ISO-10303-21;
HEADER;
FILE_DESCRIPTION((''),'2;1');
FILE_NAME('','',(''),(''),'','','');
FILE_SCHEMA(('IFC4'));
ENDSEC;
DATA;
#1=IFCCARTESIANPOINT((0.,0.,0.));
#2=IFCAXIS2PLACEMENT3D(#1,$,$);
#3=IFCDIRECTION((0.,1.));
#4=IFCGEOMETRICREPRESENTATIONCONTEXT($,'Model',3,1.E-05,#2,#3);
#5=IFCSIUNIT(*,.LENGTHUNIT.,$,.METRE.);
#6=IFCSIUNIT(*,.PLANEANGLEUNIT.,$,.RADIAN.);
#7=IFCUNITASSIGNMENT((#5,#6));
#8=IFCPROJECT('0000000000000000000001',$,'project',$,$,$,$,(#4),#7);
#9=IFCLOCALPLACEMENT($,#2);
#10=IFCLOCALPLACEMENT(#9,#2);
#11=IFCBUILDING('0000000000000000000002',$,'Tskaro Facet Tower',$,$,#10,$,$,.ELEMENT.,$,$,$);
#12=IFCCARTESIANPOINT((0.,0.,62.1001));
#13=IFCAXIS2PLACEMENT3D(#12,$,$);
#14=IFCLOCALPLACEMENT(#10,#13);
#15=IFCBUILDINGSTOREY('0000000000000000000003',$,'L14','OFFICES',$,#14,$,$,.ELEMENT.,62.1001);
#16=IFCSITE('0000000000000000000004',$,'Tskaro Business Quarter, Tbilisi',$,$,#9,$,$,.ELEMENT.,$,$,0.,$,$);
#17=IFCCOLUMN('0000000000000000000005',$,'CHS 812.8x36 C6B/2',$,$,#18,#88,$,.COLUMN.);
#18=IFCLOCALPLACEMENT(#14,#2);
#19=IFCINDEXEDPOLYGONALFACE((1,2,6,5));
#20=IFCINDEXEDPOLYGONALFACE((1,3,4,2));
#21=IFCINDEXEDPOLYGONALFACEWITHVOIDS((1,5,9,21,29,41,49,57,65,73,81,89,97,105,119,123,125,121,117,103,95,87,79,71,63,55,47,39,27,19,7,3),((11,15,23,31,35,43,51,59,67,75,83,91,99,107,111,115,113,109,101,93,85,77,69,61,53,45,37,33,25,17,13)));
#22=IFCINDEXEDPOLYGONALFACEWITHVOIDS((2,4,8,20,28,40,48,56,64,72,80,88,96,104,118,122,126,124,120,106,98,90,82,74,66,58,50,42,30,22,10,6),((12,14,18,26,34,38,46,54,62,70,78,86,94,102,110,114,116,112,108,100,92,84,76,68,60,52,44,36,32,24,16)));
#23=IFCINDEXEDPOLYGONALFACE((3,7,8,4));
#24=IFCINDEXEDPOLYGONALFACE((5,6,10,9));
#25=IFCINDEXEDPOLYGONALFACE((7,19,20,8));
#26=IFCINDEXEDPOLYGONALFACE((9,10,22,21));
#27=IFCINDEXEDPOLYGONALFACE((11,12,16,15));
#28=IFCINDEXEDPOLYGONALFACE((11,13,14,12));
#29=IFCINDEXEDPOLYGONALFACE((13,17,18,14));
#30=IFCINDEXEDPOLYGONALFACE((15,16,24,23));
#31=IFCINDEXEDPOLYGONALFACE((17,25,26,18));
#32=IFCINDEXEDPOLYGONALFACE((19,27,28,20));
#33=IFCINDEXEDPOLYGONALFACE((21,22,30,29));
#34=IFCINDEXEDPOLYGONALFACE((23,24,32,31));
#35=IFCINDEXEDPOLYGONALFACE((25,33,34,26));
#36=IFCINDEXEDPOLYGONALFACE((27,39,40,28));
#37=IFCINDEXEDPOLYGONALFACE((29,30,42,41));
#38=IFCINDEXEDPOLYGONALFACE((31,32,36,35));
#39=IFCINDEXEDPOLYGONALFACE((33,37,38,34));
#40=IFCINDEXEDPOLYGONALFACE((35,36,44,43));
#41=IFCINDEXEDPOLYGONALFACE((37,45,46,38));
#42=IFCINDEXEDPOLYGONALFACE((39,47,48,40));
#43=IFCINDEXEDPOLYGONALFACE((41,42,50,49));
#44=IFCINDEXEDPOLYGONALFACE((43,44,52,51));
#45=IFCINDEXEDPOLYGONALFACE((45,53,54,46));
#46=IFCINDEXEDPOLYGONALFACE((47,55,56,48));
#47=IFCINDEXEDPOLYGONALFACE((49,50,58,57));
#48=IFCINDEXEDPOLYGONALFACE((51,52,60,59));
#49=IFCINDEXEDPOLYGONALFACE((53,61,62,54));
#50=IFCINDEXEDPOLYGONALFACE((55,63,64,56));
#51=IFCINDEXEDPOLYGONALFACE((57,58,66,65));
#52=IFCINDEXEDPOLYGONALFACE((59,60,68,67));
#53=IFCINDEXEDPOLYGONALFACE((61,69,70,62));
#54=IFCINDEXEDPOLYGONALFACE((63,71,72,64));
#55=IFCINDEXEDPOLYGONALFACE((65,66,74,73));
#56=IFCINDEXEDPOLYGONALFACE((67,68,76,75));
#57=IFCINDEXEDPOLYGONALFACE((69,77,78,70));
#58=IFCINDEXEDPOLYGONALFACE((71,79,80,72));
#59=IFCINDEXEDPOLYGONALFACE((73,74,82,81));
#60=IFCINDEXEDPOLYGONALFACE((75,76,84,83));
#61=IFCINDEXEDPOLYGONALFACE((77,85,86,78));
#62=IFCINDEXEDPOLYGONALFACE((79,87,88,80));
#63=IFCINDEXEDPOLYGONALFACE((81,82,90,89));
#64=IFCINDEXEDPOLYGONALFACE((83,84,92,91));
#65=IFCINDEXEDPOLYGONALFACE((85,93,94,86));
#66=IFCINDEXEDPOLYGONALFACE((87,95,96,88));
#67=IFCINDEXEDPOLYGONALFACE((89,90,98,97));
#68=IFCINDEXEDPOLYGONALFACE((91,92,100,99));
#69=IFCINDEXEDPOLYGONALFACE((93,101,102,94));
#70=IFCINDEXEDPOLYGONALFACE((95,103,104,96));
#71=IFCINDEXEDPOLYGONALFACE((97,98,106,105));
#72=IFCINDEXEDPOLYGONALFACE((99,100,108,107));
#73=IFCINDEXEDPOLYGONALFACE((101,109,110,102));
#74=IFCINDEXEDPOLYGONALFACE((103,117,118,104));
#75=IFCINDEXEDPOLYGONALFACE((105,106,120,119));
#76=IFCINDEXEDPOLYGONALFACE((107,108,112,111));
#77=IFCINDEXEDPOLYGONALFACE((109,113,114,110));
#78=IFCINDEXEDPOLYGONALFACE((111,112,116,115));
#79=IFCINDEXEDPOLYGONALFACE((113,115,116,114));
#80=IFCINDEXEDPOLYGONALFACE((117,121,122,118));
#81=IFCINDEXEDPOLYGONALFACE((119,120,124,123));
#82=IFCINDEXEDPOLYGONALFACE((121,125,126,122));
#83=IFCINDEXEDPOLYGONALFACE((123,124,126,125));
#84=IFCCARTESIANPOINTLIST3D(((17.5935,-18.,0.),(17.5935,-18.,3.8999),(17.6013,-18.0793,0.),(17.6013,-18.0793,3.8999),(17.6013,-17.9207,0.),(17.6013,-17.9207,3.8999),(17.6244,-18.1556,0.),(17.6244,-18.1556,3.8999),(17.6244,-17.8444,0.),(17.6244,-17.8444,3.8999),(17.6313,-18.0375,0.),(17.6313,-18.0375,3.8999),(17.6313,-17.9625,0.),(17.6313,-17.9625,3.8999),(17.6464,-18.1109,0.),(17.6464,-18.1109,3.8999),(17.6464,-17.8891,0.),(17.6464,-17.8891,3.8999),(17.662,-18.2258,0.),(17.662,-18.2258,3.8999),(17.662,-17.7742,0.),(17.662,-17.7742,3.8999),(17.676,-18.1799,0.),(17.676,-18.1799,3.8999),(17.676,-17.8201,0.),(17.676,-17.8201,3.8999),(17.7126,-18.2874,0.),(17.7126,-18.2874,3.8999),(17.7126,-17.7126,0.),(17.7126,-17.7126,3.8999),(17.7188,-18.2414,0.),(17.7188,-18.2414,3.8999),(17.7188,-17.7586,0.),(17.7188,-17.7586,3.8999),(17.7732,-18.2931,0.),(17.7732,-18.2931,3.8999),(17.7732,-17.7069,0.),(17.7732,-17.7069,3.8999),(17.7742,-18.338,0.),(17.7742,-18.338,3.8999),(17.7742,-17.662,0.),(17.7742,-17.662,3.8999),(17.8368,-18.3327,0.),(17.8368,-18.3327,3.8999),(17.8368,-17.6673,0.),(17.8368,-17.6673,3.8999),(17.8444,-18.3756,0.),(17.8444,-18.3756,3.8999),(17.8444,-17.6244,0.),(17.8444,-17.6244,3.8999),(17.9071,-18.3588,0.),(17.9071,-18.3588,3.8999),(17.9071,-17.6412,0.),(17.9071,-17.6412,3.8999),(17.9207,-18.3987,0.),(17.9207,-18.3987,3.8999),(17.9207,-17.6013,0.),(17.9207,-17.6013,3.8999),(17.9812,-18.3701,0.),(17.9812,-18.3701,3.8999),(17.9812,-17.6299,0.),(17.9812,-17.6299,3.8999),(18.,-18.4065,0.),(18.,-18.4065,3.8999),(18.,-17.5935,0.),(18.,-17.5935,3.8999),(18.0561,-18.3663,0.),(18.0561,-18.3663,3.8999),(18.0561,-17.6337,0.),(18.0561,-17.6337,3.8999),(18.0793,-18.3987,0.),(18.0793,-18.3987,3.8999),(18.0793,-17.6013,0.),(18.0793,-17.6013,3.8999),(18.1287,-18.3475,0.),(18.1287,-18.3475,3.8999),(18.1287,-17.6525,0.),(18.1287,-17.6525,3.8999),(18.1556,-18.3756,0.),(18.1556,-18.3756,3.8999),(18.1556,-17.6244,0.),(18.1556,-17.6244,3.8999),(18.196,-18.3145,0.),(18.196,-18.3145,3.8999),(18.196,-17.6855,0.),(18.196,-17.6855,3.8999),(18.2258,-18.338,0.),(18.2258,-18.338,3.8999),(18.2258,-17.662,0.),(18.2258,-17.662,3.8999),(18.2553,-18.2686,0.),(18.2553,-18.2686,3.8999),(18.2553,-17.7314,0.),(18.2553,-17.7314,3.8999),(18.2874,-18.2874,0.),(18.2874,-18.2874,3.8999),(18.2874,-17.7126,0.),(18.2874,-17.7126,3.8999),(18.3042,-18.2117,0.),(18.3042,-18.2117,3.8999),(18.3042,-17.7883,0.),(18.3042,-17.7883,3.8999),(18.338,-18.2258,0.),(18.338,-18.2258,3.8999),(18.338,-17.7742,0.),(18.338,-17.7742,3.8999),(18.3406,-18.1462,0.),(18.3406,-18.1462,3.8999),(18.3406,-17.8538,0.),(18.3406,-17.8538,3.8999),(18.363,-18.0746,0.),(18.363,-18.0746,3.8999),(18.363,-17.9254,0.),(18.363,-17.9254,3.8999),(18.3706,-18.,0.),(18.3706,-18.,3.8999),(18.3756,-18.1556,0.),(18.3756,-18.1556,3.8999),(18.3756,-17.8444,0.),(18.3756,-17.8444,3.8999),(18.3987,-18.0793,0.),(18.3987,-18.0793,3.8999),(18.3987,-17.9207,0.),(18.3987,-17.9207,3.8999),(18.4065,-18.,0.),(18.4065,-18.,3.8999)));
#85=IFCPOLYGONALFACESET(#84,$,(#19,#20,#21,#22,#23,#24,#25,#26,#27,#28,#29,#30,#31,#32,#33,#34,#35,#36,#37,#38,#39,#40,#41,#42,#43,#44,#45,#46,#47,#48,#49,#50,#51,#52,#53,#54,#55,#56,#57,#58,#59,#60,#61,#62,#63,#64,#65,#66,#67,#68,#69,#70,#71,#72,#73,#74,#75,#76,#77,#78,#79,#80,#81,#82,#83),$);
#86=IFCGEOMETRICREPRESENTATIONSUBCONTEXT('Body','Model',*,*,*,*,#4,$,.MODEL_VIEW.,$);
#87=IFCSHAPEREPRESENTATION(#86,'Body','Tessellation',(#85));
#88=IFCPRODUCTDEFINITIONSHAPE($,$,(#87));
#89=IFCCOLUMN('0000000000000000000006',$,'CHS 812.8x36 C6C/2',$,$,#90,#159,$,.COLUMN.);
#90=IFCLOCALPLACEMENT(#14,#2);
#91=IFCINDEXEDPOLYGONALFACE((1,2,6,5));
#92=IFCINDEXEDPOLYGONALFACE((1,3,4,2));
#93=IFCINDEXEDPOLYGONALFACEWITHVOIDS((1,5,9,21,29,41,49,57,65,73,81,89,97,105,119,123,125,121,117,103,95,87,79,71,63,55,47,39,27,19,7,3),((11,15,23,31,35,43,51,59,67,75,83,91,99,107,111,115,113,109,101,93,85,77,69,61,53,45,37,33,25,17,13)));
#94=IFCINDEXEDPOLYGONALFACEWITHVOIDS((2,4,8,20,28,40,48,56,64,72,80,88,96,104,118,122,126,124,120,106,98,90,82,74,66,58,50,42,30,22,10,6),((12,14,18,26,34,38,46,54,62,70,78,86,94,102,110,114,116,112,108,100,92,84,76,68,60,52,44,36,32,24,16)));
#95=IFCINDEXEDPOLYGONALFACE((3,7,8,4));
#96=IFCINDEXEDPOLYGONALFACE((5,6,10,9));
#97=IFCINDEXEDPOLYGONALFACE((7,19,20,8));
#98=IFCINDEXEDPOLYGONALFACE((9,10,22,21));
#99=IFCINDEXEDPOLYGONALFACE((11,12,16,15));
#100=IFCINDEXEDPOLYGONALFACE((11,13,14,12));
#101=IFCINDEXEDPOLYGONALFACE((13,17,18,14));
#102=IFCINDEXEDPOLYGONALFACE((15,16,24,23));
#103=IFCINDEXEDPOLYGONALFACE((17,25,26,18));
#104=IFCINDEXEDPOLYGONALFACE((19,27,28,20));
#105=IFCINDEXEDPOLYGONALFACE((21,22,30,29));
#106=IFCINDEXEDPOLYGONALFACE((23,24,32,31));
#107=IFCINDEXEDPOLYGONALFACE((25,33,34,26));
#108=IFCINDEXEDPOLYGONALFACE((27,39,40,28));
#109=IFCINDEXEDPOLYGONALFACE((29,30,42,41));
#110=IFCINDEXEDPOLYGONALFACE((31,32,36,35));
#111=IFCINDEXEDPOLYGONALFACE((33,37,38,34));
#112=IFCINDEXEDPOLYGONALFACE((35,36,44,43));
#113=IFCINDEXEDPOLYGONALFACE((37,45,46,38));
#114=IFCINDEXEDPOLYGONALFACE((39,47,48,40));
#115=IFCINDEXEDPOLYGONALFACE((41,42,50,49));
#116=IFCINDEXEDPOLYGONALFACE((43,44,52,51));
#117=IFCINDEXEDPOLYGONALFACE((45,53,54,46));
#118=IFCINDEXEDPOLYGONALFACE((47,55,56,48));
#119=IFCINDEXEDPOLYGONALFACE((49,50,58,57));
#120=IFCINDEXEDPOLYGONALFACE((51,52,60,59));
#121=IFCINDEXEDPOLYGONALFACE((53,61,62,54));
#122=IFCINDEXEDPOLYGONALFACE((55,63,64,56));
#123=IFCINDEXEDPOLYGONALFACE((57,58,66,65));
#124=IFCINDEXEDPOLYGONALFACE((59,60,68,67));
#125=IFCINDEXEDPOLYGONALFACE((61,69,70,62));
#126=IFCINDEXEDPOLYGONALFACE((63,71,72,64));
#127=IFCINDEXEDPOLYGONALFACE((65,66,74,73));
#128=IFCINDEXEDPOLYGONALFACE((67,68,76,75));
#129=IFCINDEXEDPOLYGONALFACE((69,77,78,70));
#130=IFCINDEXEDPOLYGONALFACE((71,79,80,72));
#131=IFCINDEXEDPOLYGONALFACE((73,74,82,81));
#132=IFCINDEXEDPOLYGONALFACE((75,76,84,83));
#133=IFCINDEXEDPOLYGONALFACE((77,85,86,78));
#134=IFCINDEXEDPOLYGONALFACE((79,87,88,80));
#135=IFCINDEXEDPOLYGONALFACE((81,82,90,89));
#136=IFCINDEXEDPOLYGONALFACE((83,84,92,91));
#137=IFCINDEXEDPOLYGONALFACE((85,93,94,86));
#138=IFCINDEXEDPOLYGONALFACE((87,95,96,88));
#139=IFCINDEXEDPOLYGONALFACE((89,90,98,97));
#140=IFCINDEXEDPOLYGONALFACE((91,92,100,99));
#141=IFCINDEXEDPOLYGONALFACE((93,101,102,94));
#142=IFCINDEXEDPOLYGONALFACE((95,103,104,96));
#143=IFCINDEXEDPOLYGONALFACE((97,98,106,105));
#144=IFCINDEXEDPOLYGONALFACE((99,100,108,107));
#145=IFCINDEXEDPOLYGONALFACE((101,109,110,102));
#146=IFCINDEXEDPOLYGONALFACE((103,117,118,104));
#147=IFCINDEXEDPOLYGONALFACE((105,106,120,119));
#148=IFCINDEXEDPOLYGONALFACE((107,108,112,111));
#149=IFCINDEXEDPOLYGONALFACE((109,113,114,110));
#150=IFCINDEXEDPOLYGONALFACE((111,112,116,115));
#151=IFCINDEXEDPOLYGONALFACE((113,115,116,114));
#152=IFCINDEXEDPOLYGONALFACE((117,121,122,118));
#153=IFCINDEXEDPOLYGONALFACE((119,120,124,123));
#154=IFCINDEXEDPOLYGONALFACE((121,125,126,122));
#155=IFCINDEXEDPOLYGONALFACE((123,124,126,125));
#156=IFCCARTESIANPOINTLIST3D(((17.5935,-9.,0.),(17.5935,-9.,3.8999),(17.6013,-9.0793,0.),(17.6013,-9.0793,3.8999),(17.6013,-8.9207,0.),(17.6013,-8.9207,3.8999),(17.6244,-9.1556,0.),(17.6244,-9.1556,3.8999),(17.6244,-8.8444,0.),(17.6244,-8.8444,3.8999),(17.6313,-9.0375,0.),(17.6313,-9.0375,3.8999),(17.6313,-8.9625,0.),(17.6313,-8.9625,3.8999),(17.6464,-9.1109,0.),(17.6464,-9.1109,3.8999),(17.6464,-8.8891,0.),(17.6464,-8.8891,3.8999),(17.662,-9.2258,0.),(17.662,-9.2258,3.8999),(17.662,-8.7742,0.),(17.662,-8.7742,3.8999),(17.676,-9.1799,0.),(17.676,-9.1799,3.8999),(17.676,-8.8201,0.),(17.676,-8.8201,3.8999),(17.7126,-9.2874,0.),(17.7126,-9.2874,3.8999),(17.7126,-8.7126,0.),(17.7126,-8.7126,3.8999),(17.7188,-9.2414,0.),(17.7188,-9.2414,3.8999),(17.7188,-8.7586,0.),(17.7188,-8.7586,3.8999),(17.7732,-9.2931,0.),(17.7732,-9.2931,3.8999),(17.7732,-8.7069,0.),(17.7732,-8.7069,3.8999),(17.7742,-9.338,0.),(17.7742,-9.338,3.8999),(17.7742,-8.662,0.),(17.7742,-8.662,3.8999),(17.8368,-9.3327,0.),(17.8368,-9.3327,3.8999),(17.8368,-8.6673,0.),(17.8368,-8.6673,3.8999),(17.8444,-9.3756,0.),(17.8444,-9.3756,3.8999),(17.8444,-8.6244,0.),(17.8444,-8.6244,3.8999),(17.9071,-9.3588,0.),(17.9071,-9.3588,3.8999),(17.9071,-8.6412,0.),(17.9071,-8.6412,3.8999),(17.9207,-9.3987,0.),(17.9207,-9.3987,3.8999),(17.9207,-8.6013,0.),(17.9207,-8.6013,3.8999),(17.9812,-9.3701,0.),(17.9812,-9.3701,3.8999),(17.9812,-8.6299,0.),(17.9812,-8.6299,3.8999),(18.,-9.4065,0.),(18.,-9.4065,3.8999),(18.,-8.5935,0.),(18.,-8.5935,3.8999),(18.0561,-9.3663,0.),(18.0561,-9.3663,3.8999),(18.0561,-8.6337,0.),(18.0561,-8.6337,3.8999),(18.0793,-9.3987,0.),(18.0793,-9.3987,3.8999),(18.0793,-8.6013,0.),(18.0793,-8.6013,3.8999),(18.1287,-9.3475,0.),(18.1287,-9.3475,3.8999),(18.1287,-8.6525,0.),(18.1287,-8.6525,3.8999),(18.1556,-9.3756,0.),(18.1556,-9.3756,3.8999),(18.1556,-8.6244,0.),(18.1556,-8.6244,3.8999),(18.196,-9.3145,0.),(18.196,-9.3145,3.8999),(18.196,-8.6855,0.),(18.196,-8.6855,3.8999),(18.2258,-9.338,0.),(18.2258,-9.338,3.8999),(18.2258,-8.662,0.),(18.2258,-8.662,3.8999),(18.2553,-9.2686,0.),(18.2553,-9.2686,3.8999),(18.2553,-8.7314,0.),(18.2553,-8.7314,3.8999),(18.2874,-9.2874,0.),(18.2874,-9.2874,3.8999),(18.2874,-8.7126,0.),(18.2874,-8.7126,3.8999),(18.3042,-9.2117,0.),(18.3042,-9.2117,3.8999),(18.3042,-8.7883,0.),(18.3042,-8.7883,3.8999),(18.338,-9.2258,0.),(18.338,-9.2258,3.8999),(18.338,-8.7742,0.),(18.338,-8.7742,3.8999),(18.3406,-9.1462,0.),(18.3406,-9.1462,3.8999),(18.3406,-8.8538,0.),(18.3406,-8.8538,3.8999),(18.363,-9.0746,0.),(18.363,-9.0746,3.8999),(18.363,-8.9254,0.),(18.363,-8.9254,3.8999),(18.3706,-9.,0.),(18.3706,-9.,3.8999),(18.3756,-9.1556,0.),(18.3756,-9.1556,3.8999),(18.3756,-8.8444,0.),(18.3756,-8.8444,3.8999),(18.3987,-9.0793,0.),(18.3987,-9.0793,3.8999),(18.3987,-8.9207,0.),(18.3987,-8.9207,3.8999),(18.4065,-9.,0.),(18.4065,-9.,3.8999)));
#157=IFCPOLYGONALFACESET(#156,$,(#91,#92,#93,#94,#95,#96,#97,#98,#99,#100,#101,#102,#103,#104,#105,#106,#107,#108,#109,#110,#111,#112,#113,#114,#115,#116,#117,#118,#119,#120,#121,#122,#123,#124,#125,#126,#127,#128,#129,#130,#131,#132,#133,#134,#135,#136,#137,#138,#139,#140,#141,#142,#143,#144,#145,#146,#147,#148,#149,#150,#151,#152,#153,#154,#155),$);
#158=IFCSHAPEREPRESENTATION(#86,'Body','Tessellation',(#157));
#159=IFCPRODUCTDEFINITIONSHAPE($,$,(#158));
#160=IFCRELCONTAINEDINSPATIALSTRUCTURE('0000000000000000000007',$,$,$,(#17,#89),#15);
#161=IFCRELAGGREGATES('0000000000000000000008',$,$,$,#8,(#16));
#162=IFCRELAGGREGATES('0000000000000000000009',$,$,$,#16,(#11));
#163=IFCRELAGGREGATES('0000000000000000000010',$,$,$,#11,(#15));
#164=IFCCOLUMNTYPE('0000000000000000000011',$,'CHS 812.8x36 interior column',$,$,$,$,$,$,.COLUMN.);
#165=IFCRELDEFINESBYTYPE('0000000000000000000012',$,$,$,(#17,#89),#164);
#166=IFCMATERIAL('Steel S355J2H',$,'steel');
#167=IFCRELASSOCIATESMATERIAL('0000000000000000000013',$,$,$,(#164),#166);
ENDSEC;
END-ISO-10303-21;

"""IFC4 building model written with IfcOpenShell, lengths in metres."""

from ifc_helpers import new_model, si_unit, direction, frame, origin, origin_2d, place, context, subcontext, project, spatial, hollow_circle, extrude, material, material_profile, profile_set, type_object, element, save


model = new_model("IFC4")

# Units and contexts
model_context = context("Model", 3, precision=1e-05, world=origin(), true_north=direction((0.0, 1.0)))
body_context = subcontext(model_context, "Body", "Model", "MODEL_VIEW")
ifc_project = project(units=[si_unit("LENGTHUNIT", "METRE"), si_unit("PLANEANGLEUNIT", "RADIAN")], contexts=[model_context])

# Site, building, storey
site_placement = place(None, origin())
site = spatial("IfcSite", under=ifc_project, at=site_placement, Name="Tskaro Business Quarter, Tbilisi", CompositionType="ELEMENT", RefElevation=0.0)
building_placement = place(site_placement, origin())
building = spatial("IfcBuilding", under=site, at=building_placement, Name="Tskaro Facet Tower", CompositionType="ELEMENT")
storey_placement = place(building_placement, frame((0.0, 0.0, 62.1001)))
storey = spatial("IfcBuildingStorey", under=building, at=storey_placement, Name="L14", Description="OFFICES", CompositionType="ELEMENT", Elevation=62.1001)

# Columns
ifc_material_1 = material(Name="Steel S355J2H", Category="steel")
ifc_material_profile_1 = material_profile(ifc_material_1, hollow_circle(Radius=0.4065, WallThickness=0.0359, at=origin_2d()), Name="CHS 812.8x36")
ifc_profile_set_1 = profile_set([ifc_material_profile_1], Name="Steel S355J2H")
column_type_1 = type_object("IfcColumnType", Name="CHS 812.8x36 interior column", PredefinedType="COLUMN", material=ifc_profile_set_1)
for number, where, z_axis, x_axis, name in (
    (1, (18.0, -18.0, 0.0), (0.0, 0.0, 1.0), (1.0, 0.0, 0.0), "CHS 812.8x36 C6B/2"),
    (2, (18.0, -9.0, 0.0), (0.0, 0.0, 1.0), (1.0, 0.0, 0.0), "CHS 812.8x36 C6C/2"),
):
    element("IfcColumn", number, at=place(storey_placement, frame(where, z_axis=z_axis, x_axis=x_axis)), inside=storey, type_object=column_type_1, Name=name, PredefinedType="COLUMN", context=body_context, shape_type="SweptSolid", body=[
        extrude(hollow_circle(Radius=0.4065, WallThickness=0.0359, at=origin_2d()), origin(), (0.0, 0.0, 1.0), 3.8999),
    ])

save(model, "model.ifc")
